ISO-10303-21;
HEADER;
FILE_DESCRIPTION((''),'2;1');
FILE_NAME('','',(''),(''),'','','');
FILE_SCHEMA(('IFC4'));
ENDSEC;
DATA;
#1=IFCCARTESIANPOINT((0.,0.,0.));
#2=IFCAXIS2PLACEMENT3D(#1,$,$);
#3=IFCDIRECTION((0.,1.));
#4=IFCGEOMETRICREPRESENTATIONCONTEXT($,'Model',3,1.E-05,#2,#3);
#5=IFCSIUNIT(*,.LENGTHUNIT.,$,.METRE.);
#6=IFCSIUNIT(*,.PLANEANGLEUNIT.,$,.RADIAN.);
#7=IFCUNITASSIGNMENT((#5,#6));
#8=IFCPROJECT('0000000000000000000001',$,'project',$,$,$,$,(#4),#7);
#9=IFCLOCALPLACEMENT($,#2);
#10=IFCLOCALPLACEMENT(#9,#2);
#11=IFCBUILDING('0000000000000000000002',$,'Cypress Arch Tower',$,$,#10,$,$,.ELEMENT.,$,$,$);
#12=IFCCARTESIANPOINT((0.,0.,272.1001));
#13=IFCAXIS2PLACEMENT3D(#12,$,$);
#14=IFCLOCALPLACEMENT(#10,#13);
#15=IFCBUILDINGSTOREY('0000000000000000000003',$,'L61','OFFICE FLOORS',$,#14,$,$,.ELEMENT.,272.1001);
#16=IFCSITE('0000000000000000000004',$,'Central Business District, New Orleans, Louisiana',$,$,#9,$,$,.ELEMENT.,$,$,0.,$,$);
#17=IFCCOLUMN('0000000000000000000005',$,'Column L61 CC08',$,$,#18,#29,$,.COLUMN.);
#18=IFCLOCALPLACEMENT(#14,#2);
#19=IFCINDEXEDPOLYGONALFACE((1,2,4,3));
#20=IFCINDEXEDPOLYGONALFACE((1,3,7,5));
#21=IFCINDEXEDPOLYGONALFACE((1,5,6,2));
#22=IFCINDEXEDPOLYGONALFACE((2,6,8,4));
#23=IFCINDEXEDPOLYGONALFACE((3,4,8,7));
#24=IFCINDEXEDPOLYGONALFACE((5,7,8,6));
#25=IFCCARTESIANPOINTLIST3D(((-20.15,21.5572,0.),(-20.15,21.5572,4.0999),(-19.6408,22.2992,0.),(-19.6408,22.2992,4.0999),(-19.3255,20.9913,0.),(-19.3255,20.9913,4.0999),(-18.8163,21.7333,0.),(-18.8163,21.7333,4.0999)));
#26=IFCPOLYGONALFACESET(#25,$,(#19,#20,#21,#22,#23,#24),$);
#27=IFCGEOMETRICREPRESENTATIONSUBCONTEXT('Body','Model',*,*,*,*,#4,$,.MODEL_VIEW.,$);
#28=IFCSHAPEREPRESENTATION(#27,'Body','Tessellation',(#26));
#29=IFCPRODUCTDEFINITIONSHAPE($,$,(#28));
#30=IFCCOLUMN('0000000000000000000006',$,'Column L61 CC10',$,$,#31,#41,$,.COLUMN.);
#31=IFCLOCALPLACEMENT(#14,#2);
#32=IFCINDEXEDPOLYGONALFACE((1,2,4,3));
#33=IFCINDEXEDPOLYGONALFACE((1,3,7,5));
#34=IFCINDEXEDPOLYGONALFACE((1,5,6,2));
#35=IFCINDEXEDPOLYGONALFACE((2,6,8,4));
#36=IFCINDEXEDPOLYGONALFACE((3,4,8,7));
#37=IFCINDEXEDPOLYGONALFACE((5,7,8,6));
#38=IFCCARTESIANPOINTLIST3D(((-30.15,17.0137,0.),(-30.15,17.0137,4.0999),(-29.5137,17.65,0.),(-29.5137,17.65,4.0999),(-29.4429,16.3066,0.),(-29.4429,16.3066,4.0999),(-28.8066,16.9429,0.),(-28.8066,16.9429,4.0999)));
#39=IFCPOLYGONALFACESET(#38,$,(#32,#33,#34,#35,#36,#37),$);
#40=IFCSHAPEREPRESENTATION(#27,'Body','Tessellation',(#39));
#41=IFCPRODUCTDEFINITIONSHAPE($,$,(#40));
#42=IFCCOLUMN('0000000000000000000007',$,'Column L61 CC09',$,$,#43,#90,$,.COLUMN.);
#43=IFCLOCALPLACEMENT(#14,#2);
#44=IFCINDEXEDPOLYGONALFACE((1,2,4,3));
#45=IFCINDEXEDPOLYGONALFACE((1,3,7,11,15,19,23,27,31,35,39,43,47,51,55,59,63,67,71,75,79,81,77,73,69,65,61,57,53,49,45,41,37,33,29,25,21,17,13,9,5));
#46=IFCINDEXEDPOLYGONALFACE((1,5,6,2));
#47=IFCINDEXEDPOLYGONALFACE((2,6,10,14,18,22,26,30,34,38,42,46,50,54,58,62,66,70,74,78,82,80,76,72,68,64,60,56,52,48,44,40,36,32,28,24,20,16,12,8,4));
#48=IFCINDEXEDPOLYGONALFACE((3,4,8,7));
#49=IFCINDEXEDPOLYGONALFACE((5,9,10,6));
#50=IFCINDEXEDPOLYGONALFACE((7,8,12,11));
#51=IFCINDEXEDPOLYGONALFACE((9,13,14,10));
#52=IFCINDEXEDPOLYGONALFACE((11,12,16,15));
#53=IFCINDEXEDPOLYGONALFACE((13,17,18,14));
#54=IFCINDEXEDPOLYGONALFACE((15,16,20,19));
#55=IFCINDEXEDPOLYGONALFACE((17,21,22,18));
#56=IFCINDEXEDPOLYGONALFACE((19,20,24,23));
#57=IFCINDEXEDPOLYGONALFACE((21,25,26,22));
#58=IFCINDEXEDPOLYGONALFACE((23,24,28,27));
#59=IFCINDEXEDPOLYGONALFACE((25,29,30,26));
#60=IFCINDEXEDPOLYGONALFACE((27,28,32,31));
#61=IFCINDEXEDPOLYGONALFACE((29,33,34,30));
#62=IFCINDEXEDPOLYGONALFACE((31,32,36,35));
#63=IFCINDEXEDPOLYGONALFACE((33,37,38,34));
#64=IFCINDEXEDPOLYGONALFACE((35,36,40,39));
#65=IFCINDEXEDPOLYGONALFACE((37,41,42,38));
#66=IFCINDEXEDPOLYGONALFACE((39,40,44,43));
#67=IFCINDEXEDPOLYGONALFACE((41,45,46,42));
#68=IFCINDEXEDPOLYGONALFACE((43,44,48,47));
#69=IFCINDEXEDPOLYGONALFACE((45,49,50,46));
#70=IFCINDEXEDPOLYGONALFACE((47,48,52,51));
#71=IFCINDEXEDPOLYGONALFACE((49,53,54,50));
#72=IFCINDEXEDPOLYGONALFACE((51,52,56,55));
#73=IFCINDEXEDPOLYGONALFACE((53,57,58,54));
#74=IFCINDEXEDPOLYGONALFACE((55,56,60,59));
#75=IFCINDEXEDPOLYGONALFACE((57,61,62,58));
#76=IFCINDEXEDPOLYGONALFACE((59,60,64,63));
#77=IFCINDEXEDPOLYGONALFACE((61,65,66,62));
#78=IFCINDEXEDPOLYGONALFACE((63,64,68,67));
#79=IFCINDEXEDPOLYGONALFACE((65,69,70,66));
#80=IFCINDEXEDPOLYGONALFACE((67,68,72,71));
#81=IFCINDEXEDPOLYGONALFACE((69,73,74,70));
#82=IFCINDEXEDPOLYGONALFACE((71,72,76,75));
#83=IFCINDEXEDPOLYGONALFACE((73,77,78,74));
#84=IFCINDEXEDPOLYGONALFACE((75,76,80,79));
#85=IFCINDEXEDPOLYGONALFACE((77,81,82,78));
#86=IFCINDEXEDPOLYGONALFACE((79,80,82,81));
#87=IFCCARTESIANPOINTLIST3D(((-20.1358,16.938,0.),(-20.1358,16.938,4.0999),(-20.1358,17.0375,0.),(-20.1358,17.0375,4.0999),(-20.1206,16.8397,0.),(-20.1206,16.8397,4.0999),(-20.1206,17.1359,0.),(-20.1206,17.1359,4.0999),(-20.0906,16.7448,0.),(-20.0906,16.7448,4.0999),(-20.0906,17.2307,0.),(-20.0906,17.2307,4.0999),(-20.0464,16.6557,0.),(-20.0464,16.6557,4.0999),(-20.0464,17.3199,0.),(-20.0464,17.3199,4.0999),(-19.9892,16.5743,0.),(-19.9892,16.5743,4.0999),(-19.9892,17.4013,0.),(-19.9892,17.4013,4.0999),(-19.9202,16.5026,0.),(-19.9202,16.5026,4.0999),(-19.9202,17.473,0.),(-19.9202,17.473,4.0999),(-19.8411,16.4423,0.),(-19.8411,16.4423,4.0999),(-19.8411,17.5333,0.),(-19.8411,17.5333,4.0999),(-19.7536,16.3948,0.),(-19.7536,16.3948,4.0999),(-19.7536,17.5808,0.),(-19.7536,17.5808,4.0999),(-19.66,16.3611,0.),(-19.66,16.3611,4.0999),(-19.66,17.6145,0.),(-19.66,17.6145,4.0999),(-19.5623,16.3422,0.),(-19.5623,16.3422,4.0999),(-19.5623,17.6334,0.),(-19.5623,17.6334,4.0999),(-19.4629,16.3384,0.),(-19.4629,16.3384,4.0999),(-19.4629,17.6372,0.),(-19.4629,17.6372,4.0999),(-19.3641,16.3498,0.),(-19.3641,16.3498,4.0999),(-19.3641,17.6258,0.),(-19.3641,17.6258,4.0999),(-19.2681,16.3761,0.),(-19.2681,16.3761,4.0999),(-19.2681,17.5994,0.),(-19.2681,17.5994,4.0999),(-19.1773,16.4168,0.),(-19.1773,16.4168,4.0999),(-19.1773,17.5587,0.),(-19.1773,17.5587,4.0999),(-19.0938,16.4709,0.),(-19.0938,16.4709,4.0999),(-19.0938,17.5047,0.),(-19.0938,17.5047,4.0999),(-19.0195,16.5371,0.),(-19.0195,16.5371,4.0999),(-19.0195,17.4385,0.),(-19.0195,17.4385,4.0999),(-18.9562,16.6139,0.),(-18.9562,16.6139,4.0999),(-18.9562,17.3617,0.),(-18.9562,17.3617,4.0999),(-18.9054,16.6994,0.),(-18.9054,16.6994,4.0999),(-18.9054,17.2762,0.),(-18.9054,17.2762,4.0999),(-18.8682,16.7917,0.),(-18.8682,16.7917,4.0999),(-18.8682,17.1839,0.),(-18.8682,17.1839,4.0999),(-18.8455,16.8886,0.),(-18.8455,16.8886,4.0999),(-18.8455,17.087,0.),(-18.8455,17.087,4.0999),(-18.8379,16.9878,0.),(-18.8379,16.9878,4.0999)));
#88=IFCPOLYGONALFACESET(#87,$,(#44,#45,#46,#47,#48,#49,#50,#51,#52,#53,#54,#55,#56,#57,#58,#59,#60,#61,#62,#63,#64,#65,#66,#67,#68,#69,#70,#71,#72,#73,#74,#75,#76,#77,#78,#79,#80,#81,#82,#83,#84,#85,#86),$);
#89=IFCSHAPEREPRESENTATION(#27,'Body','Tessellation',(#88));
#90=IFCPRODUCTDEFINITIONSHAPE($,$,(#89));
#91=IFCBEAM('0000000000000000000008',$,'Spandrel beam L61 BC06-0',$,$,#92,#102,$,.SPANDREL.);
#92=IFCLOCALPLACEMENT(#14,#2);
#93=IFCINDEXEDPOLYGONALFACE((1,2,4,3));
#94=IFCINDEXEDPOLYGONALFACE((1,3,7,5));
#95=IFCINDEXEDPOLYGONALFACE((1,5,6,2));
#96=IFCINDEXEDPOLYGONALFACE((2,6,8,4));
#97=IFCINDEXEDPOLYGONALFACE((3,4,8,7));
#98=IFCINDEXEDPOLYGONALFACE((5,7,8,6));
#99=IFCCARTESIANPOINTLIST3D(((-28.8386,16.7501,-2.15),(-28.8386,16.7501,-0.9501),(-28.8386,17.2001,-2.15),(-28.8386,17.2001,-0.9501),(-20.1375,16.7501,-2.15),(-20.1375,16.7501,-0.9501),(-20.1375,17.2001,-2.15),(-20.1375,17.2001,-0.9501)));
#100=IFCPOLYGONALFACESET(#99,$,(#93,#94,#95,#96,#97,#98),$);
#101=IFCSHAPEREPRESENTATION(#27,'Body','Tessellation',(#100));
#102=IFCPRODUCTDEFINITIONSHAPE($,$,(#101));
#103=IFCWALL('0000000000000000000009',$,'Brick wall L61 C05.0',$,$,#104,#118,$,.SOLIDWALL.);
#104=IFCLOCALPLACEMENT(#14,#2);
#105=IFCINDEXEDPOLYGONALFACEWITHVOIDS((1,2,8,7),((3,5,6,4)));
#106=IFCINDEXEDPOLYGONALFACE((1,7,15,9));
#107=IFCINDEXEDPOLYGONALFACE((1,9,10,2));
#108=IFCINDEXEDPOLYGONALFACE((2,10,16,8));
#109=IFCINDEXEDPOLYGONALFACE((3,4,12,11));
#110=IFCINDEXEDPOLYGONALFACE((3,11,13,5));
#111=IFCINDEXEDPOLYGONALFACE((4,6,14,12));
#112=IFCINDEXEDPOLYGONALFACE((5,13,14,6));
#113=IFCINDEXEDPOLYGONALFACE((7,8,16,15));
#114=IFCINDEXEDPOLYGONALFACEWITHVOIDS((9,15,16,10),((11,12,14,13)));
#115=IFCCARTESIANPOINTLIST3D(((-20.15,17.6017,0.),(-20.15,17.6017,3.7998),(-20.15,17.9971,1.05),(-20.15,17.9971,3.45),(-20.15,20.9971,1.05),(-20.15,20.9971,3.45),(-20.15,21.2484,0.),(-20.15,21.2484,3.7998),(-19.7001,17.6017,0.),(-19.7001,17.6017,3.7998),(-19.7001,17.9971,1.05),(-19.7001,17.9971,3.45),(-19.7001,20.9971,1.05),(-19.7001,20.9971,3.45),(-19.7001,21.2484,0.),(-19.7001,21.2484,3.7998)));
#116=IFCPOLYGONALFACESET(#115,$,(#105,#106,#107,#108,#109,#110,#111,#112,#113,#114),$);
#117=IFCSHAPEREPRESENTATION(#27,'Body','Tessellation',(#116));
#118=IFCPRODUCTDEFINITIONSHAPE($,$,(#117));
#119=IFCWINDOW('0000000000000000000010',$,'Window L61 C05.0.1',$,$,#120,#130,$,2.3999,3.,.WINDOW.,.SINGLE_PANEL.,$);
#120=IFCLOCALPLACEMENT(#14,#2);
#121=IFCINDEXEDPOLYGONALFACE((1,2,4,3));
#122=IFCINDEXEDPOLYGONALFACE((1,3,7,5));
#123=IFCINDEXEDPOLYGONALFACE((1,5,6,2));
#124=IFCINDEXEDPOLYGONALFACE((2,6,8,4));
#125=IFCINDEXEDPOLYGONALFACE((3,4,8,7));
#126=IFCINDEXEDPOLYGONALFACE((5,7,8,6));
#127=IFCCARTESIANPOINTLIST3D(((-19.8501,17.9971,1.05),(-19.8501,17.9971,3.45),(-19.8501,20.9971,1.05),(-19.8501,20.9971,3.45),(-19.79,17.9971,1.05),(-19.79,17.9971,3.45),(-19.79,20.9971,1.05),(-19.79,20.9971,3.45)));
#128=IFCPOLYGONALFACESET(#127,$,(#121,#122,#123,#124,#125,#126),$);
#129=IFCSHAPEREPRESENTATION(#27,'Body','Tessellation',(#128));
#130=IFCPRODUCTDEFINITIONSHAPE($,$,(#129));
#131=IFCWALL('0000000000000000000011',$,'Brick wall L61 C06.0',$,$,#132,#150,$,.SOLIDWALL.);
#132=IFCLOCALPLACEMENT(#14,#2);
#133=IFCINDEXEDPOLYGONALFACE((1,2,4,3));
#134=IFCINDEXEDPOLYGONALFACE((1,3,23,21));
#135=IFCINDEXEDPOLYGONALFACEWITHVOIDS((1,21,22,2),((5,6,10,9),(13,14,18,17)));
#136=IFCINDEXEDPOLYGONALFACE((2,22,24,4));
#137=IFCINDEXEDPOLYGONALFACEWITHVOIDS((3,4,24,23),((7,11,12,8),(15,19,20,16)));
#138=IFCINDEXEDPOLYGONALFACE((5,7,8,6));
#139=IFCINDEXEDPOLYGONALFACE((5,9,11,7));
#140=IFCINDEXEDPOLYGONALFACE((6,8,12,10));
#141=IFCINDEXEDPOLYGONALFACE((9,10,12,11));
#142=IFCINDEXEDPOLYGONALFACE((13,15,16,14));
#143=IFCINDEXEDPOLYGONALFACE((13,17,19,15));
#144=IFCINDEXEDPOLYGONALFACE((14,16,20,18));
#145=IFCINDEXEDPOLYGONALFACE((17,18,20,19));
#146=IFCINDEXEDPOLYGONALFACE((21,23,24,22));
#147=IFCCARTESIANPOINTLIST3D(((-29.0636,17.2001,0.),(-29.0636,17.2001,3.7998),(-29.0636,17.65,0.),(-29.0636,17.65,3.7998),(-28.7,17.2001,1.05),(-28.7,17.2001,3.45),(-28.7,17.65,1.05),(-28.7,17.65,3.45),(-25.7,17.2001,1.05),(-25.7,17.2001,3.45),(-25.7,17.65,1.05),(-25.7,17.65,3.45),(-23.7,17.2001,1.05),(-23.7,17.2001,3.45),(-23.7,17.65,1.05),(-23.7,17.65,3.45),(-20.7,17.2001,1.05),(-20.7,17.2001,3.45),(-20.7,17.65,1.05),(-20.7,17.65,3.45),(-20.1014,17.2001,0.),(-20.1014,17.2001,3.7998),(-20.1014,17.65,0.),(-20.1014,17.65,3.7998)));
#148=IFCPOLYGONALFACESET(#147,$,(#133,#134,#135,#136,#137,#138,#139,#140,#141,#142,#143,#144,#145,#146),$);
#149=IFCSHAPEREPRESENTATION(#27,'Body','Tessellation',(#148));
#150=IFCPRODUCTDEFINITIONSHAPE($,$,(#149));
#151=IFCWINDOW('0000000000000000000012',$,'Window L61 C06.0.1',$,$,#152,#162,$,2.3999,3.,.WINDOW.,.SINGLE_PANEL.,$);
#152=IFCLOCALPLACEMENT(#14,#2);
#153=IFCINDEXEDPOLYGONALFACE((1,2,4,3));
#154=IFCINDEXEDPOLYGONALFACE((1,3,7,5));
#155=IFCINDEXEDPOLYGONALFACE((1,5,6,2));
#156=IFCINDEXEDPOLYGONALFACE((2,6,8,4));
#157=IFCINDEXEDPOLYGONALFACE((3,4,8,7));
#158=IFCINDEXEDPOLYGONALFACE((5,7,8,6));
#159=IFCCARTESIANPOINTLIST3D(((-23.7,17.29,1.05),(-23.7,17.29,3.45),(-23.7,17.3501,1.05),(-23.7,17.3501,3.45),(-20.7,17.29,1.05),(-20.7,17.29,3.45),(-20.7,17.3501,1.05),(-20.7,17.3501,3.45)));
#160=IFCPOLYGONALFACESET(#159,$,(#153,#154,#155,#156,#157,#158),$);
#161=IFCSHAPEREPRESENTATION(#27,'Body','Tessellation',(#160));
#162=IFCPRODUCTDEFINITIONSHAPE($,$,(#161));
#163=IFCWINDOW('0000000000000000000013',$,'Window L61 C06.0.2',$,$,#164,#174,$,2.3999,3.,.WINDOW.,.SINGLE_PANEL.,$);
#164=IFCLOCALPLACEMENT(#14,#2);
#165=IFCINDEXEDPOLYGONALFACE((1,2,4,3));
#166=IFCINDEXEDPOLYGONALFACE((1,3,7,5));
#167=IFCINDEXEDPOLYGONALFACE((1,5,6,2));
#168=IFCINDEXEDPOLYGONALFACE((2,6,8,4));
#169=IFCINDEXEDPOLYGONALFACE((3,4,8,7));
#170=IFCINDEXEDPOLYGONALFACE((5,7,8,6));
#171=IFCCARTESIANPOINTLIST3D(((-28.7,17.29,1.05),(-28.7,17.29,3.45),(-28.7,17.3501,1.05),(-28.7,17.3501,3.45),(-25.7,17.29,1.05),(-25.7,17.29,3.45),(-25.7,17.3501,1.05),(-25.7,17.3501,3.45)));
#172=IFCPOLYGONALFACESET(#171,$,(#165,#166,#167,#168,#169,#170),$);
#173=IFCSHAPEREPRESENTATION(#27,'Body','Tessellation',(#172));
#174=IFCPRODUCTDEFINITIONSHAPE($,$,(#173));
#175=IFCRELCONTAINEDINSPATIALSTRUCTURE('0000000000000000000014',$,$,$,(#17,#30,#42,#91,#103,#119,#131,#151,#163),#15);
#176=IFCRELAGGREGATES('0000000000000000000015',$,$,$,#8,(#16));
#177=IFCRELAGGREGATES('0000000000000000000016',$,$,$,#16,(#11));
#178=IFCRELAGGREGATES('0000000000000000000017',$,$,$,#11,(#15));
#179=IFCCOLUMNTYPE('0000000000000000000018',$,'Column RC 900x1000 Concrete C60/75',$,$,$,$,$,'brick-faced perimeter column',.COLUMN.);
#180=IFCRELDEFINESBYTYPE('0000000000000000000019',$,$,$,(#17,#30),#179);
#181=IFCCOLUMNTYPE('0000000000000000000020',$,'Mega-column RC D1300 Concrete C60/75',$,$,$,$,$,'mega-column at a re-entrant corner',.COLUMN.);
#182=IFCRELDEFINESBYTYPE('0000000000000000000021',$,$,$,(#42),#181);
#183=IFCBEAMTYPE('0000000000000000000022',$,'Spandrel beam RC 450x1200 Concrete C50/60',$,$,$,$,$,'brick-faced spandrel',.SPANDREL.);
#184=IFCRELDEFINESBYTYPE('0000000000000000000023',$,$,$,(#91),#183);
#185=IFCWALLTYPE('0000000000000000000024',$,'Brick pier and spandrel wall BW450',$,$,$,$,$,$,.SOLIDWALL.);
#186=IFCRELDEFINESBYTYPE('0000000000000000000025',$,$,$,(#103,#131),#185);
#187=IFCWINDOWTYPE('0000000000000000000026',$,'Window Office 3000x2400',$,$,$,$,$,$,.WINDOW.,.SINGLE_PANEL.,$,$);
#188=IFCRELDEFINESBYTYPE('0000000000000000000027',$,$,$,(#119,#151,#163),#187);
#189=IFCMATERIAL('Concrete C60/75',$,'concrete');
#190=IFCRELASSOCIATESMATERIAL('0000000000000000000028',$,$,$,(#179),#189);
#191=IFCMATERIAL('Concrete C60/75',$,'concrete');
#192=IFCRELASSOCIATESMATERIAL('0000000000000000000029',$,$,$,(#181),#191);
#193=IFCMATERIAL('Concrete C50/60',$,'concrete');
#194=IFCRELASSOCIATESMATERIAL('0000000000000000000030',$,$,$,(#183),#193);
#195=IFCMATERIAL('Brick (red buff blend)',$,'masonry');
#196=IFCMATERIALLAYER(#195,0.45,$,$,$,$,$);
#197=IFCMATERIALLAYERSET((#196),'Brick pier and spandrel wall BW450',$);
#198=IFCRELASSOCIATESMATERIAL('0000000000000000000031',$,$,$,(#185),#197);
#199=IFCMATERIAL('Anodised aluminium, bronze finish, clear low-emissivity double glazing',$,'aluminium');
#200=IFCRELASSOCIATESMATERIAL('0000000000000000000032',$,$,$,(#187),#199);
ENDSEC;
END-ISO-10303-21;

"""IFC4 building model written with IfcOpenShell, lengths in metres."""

from ifc_helpers import new_model, si_unit, direction, frame, frame_2d, origin, origin_2d, place, context, subcontext, project, spatial, rectangle, circle, extrude, material, layer, layer_set, material_profile, profile_set, type_object, element, fill, save


model = new_model("IFC4")

# Units and contexts
model_context = context("Model", 3, precision=1e-05, world=origin(), true_north=direction((0.0, 1.0)))
body_context = subcontext(model_context, "Body", "Model", "MODEL_VIEW")
ifc_project = project(units=[si_unit("LENGTHUNIT", "METRE"), si_unit("PLANEANGLEUNIT", "RADIAN")], contexts=[model_context])

# Site, building, storey
site_placement = place(None, origin())
site = spatial("IfcSite", under=ifc_project, at=site_placement, Name="Central Business District, New Orleans, Louisiana", CompositionType="ELEMENT", RefElevation=0.0)
building_placement = place(site_placement, origin())
building = spatial("IfcBuilding", under=site, at=building_placement, Name="Cypress Arch Tower", CompositionType="ELEMENT")
storey_placement = place(building_placement, frame((0.0, 0.0, 272.1001)))
storey = spatial("IfcBuildingStorey", under=building, at=storey_placement, Name="L61", Description="OFFICE FLOORS", CompositionType="ELEMENT", Elevation=272.1001)

# Columns
ifc_material_1 = material(Name="Concrete C60/75", Category="concrete")
ifc_material_profile_1 = material_profile(ifc_material_1, rectangle(XDim=0.8999, YDim=1.0, at=origin_2d()), Name="RC 900x1000")
ifc_profile_set_1 = profile_set([ifc_material_profile_1], Name="Concrete C60/75")
column_type_1 = type_object("IfcColumnType", Name="Column RC 900x1000 Concrete C60/75", ElementType="brick-faced perimeter column", PredefinedType="COLUMN", material=ifc_profile_set_1)
for number, where, z_axis, x_axis, name in (
    (1, (-19.4832, 21.6453, 0.0), (0.0, 0.0, 1.0), (-0.565893, -0.824479, 0.0), "Column L61 CC08"),
    (2, (-29.4783, 16.9783, 0.0), (0.0, 0.0, 1.0), (-0.707107, -0.707107, 0.0), "Column L61 CC10"),
):
    element("IfcColumn", number, at=place(storey_placement, frame(where, z_axis=z_axis, x_axis=x_axis)), inside=storey, type_object=column_type_1, Name=name, PredefinedType="COLUMN", context=body_context, shape_type="SweptSolid", body=[
        extrude(rectangle(XDim=0.8999, YDim=1.0, at=origin_2d()), origin(), (0.0, 0.0, 1.0), 4.0999),
    ])
ifc_material_2 = material(Name="Concrete C60/75", Category="concrete")
ifc_material_profile_2 = material_profile(ifc_material_2, circle(Radius=0.6499, at=origin_2d()), Name="RC D1300")
ifc_profile_set_2 = profile_set([ifc_material_profile_2], Name="Concrete C60/75")
column_type_2 = type_object("IfcColumnType", Name="Mega-column RC D1300 Concrete C60/75", ElementType="mega-column at a re-entrant corner", PredefinedType="COLUMN", material=ifc_profile_set_2)
column_placement = place(storey_placement, frame((-19.4878, 16.9878, 0.0), z_axis=(0.0, 0.0, 1.0), x_axis=(1.0, 0.0, 0.0)))
element("IfcColumn", 3, at=column_placement, inside=storey, type_object=column_type_2, Name="Column L61 CC09", PredefinedType="COLUMN", context=body_context, shape_type="SweptSolid", body=[
    extrude(circle(Radius=0.6499, at=origin_2d()), origin(), (0.0, 0.0, 1.0), 4.0999),
])

# Beam
ifc_material_3 = material(Name="Concrete C50/60", Category="concrete")
ifc_material_profile_3 = material_profile(ifc_material_3, rectangle(XDim=0.45, YDim=1.2, at=origin_2d()), Name="RC 450x1200")
ifc_profile_set_3 = profile_set([ifc_material_profile_3], Name="Concrete C50/60")
beam_type = type_object("IfcBeamType", Name="Spandrel beam RC 450x1200 Concrete C50/60", ElementType="brick-faced spandrel", PredefinedType="SPANDREL", material=ifc_profile_set_3)
beam_placement = place(storey_placement, frame((-20.1375, 16.9751, -1.55), z_axis=(-1.0, 0.0, 0.0), x_axis=(0.0, -1.0, 0.0)))
element("IfcBeam", 4, at=beam_placement, inside=storey, type_object=beam_type, Name="Spandrel beam L61 BC06-0", PredefinedType="SPANDREL", context=body_context, shape_type="SweptSolid", body=[
    extrude(rectangle(XDim=0.45, YDim=1.2, at=origin_2d()), origin(), (0.0, 0.0, 1.0), 8.7012),
])

# Wall, opening, window
ifc_material_4 = material(Name="Brick (red buff blend)", Category="masonry")
ifc_layer_1 = layer(ifc_material_4, 0.45)
ifc_layer_set_1 = layer_set([ifc_layer_1], Name="Brick pier and spandrel wall BW450")
wall_type_1 = type_object("IfcWallType", Name="Brick pier and spandrel wall BW450", PredefinedType="SOLIDWALL", material=ifc_layer_set_1)
wall_1_placement = place(storey_placement, frame((-19.925, 21.2483, 0.0), z_axis=(0.0, 0.0, 1.0), x_axis=(0.0, -1.0, 0.0)))
wall_1 = element("IfcWall", 5, at=wall_1_placement, inside=storey, type_object=wall_type_1, Name="Brick wall L61 C05.0", PredefinedType="SOLIDWALL", context=body_context, shape_type="SweptSolid", body=[
    extrude(rectangle(XDim=3.6467, YDim=0.45, at=frame_2d((1.8232, 0.0))), origin(), (0.0, 0.0, 1.0), 3.7998),
])
opening_1_placement = place(wall_1_placement, frame((0.2512, 0.0, 1.05)))
opening_1 = element("IfcOpeningElement", 6, at=opening_1_placement, cuts=wall_1, PredefinedType="OPENING", context=body_context, shape_type="SweptSolid", body=[
    extrude(rectangle(XDim=3.0, YDim=2.3999, at=frame_2d((1.5, 1.2))), frame((0.0, 0.2349, 0.0), z_axis=(0.0, -1.0, 0.0), x_axis=(1.0, 0.0, 0.0)), (0.0, 0.0, 1.0), 0.47),
])
ifc_material_5 = material(Name="Anodised aluminium, bronze finish, clear low-emissivity double glazing", Category="aluminium")
window_type = type_object("IfcWindowType", Name="Window Office 3000x2400", PartitioningType="SINGLE_PANEL", PredefinedType="WINDOW", material=ifc_material_5)
window_1_placement = place(opening_1_placement, origin())
window_1 = element("IfcWindow", 7, at=window_1_placement, inside=storey, type_object=window_type, Name="Window L61 C05.0.1", OverallHeight=2.3999, OverallWidth=3.0, PartitioningType="SINGLE_PANEL", PredefinedType="WINDOW", context=body_context, shape_type="SweptSolid", body=[
    extrude(rectangle(XDim=3.0, YDim=2.3999, at=frame_2d((1.5, 1.2))), frame((0.0, 0.135, 0.0), z_axis=(0.0, -1.0, 0.0), x_axis=(1.0, 0.0, 0.0)), (0.0, 0.0, 1.0), 0.0601),
])
fill(opening_1, window_1)

# Wall, openings, windows
wall_2_placement = place(storey_placement, frame((-20.1016, 17.425, 0.0), z_axis=(0.0, 0.0, 1.0), x_axis=(-1.0, 0.0, 0.0)))
wall_2 = element("IfcWall", 8, at=wall_2_placement, inside=storey, type_object=wall_type_1, Name="Brick wall L61 C06.0", PredefinedType="SOLIDWALL", context=body_context, shape_type="SweptSolid", body=[
    extrude(rectangle(XDim=8.9622, YDim=0.45, at=frame_2d((4.481, 0.0))), origin(), (0.0, 0.0, 1.0), 3.7998),
])
opening_2_placement = place(wall_2_placement, frame((0.5984, 0.0, 1.05)))
opening_2 = element("IfcOpeningElement", 9, at=opening_2_placement, cuts=wall_2, PredefinedType="OPENING", context=body_context, shape_type="SweptSolid", body=[
    extrude(rectangle(XDim=3.0, YDim=2.3999, at=frame_2d((1.5, 1.2))), frame((0.0, 0.2349, 0.0), z_axis=(0.0, -1.0, 0.0), x_axis=(1.0, 0.0, 0.0)), (0.0, 0.0, 1.0), 0.47),
])
opening_3_placement = place(wall_2_placement, frame((5.5984, 0.0, 1.05)))
opening_3 = element("IfcOpeningElement", 10, at=opening_3_placement, cuts=wall_2, PredefinedType="OPENING", context=body_context, shape_type="SweptSolid", body=[
    extrude(rectangle(XDim=3.0, YDim=2.3999, at=frame_2d((1.5, 1.2))), frame((0.0, 0.2349, 0.0), z_axis=(0.0, -1.0, 0.0), x_axis=(1.0, 0.0, 0.0)), (0.0, 0.0, 1.0), 0.47),
])
window_2_placement = place(opening_2_placement, origin())
window_2 = element("IfcWindow", 11, at=window_2_placement, inside=storey, type_object=window_type, Name="Window L61 C06.0.1", OverallHeight=2.3999, OverallWidth=3.0, PartitioningType="SINGLE_PANEL", PredefinedType="WINDOW", context=body_context, shape_type="SweptSolid", body=[
    extrude(rectangle(XDim=3.0, YDim=2.3999, at=frame_2d((1.5, 1.2))), frame((0.0, 0.135, 0.0), z_axis=(0.0, -1.0, 0.0), x_axis=(1.0, 0.0, 0.0)), (0.0, 0.0, 1.0), 0.0601),
])
fill(opening_2, window_2)
window_3_placement = place(opening_3_placement, origin())
window_3 = element("IfcWindow", 12, at=window_3_placement, inside=storey, type_object=window_type, Name="Window L61 C06.0.2", OverallHeight=2.3999, OverallWidth=3.0, PartitioningType="SINGLE_PANEL", PredefinedType="WINDOW", context=body_context, shape_type="SweptSolid", body=[
    extrude(rectangle(XDim=3.0, YDim=2.3999, at=frame_2d((1.5, 1.2))), frame((0.0, 0.135, 0.0), z_axis=(0.0, -1.0, 0.0), x_axis=(1.0, 0.0, 0.0)), (0.0, 0.0, 1.0), 0.0601),
])
fill(opening_3, window_3)

save(model, "model.ifc")
